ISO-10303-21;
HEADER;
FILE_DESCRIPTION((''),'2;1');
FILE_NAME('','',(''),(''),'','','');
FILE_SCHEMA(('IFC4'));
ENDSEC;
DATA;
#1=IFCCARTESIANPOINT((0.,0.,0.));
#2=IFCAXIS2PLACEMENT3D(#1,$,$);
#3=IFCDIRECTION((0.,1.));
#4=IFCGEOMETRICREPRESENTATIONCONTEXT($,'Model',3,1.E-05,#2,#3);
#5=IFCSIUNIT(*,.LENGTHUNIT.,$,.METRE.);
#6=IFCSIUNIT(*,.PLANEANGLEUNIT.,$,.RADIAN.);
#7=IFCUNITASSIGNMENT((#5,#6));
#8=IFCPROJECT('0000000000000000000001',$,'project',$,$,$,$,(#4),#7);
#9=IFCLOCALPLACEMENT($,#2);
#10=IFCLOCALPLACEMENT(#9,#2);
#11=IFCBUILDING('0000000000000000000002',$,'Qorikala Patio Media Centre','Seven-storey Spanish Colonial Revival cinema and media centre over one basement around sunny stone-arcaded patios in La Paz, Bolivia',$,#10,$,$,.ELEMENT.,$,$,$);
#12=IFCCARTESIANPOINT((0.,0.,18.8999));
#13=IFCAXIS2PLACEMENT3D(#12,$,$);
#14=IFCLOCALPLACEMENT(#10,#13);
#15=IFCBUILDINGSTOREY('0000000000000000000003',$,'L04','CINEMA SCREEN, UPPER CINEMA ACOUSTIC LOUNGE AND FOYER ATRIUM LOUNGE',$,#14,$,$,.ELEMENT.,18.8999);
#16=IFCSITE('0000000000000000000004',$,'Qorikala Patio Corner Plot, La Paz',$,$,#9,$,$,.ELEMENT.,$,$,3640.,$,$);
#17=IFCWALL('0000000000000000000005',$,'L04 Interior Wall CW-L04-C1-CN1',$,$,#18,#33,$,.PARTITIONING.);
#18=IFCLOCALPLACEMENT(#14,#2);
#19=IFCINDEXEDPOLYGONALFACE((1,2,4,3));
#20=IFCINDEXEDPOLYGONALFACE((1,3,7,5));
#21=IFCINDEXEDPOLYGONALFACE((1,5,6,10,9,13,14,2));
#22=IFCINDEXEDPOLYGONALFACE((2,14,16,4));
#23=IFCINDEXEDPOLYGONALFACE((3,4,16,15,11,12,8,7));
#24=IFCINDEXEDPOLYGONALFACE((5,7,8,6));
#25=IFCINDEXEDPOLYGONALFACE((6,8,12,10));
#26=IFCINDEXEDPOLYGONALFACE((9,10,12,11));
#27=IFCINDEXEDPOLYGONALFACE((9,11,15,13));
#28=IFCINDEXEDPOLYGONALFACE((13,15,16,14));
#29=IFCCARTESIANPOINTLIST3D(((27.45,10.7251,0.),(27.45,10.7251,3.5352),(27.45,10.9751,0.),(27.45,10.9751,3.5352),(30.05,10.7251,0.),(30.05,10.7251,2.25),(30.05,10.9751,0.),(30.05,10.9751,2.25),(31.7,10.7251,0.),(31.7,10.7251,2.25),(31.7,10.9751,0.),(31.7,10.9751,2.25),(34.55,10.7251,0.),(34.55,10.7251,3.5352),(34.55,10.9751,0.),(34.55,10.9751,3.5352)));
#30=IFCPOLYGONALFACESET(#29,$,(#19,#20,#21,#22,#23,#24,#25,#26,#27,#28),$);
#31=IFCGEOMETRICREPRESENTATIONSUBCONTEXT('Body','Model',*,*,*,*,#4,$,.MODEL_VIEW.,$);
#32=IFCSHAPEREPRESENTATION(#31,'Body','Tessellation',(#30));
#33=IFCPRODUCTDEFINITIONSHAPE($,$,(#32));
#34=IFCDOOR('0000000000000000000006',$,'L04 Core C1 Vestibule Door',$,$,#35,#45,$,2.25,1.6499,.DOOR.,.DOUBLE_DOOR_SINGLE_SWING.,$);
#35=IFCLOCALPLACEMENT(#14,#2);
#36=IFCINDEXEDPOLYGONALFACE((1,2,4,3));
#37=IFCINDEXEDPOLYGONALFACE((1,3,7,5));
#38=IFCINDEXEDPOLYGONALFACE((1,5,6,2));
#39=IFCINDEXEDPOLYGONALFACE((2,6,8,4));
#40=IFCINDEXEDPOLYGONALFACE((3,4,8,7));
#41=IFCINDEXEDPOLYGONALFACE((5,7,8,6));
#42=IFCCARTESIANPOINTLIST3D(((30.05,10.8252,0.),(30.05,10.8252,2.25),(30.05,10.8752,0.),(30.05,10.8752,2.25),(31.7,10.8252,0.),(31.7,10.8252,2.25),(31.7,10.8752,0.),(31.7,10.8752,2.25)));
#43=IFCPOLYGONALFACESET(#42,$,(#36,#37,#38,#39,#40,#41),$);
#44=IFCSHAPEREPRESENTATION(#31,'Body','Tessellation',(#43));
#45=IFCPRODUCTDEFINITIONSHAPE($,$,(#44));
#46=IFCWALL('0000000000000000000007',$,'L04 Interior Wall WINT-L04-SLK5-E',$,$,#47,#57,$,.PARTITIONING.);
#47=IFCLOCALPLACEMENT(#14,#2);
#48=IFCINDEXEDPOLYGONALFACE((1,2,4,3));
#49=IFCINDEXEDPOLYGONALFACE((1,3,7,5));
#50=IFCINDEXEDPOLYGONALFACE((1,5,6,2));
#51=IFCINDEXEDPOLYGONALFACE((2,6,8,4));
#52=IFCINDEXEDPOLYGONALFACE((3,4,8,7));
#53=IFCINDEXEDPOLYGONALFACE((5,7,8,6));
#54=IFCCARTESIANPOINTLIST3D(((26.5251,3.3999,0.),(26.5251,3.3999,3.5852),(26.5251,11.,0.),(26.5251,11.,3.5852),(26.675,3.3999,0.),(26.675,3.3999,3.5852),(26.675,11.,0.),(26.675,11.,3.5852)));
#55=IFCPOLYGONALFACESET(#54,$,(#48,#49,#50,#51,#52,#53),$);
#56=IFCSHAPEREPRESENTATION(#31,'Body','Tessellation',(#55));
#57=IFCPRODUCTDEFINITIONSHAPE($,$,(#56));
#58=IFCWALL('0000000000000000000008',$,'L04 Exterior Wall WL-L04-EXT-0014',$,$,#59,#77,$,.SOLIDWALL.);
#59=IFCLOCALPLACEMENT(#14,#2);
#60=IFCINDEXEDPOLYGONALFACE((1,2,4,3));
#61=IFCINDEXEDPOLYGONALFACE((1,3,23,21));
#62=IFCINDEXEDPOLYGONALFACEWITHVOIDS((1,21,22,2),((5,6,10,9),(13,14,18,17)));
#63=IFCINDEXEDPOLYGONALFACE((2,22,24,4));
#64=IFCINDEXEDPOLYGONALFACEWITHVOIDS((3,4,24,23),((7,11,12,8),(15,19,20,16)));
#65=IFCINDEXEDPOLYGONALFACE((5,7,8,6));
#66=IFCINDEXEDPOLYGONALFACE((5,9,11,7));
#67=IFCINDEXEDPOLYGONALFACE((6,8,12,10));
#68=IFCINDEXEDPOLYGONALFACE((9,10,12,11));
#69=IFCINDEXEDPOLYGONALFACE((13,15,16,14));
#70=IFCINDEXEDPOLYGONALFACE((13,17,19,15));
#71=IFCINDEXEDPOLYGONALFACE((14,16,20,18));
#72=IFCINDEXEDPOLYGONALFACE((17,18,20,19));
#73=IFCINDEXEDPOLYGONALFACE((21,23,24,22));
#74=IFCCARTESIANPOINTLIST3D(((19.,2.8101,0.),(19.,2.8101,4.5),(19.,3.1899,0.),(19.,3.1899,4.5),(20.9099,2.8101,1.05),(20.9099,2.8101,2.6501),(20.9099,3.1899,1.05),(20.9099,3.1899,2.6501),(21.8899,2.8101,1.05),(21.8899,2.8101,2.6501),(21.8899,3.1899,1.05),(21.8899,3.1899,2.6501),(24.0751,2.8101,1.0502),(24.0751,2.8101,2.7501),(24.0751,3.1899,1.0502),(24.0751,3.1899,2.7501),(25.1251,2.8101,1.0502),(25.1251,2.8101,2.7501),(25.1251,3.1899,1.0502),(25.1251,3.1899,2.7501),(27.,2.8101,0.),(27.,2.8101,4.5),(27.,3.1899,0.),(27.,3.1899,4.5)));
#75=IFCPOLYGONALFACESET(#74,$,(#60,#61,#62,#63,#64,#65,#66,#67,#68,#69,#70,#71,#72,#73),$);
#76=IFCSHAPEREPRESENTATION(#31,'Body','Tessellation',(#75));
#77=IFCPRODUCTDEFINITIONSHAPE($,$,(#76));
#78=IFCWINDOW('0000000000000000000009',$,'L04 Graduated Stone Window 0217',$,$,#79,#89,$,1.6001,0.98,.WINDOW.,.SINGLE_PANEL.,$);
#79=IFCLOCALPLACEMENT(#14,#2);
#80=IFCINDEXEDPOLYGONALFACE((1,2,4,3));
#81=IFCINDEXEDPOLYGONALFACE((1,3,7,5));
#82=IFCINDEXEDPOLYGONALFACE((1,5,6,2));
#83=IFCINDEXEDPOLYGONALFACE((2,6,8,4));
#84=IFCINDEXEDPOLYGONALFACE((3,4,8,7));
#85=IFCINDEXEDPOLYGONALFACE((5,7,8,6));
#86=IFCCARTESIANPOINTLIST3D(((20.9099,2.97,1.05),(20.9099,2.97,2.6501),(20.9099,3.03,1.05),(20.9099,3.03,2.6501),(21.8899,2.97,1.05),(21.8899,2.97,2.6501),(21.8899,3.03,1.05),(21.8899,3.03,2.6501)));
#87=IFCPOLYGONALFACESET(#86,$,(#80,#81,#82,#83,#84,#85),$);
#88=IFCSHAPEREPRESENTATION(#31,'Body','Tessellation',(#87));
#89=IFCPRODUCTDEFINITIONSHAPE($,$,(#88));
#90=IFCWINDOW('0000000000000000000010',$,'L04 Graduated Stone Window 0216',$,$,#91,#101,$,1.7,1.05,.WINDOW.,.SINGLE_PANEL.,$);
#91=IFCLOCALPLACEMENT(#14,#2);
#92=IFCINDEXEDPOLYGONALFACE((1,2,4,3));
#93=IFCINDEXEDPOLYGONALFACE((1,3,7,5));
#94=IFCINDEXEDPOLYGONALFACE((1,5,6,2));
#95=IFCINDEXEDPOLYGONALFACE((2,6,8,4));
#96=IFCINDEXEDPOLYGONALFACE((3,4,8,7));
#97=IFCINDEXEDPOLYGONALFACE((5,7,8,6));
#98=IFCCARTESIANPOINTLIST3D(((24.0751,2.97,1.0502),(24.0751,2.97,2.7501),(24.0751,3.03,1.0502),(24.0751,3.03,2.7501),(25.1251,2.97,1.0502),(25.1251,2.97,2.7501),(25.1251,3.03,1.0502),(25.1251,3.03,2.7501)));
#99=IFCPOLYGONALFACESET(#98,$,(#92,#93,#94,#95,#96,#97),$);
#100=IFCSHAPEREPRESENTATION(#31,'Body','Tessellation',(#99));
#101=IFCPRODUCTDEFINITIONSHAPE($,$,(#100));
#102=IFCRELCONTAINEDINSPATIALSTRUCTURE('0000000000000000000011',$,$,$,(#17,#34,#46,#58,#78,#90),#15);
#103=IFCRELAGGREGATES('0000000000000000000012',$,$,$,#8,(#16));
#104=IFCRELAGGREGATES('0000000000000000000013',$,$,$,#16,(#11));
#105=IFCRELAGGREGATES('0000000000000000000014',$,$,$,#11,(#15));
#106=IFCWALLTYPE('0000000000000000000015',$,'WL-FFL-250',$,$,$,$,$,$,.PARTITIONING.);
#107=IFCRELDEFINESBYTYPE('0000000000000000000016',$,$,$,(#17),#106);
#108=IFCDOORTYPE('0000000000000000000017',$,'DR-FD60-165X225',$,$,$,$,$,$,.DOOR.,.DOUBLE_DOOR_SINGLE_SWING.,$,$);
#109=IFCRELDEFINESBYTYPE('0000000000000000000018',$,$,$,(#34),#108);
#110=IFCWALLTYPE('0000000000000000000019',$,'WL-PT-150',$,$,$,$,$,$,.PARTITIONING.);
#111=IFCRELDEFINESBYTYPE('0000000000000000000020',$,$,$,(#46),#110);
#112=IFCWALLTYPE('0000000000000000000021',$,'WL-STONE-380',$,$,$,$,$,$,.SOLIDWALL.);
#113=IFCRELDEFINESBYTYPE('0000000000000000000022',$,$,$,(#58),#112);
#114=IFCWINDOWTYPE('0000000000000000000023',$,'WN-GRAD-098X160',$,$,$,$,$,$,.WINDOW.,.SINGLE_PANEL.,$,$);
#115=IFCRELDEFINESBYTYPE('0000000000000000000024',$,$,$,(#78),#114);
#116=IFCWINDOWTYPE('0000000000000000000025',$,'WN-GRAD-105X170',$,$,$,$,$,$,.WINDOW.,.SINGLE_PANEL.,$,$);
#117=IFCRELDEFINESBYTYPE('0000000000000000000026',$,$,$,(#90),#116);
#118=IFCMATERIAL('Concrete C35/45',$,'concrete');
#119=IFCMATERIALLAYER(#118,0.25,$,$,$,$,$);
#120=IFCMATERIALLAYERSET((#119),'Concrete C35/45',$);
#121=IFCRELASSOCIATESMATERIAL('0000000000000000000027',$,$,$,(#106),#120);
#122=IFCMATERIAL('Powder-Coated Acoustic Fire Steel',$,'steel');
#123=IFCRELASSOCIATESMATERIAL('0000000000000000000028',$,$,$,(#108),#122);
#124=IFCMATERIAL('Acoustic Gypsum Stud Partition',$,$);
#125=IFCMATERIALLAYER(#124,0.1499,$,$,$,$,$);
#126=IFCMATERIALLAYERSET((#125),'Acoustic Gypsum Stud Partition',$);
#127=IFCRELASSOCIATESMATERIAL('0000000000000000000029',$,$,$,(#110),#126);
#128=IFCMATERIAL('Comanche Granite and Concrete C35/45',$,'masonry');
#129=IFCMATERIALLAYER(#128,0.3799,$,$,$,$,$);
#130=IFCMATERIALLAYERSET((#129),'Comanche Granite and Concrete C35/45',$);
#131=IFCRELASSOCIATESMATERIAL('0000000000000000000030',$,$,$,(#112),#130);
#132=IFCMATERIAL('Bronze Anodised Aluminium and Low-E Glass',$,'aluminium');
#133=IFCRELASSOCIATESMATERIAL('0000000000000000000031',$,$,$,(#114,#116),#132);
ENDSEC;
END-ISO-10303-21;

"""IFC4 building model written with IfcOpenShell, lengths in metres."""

from ifc_helpers import new_model, si_unit, direction, frame, frame_2d, origin, place, context, subcontext, project, spatial, rectangle, extrude, material, layer, layer_set, type_object, element, fill, save


model = new_model("IFC4")

# Units and contexts
model_context = context("Model", 3, precision=1e-05, world=origin(), true_north=direction((0.0, 1.0)))
body_context = subcontext(model_context, "Body", "Model", "MODEL_VIEW")
ifc_project = project(units=[si_unit("LENGTHUNIT", "METRE"), si_unit("PLANEANGLEUNIT", "RADIAN")], contexts=[model_context])

# Site, building, storey
site_placement = place(None, origin())
site = spatial("IfcSite", under=ifc_project, at=site_placement, Name="Qorikala Patio Corner Plot, La Paz", CompositionType="ELEMENT", RefElevation=3640.0)
building_placement = place(site_placement, origin())
building = spatial("IfcBuilding", under=site, at=building_placement, Name="Qorikala Patio Media Centre", Description="Seven-storey Spanish Colonial Revival cinema and media centre over one basement around sunny stone-arcaded patios in La Paz, Bolivia", CompositionType="ELEMENT")
storey_placement = place(building_placement, frame((0.0, 0.0, 18.8999)))
storey = spatial("IfcBuildingStorey", under=building, at=storey_placement, Name="L04", Description="CINEMA SCREEN, UPPER CINEMA ACOUSTIC LOUNGE AND FOYER ATRIUM LOUNGE", CompositionType="ELEMENT", Elevation=18.8999)

# Shared definitions
ifc_material_1 = material(Name="Concrete C35/45", Category="concrete")

# Wall, opening, door
ifc_material_2 = material(Name="Powder-Coated Acoustic Fire Steel", Category="steel")
ifc_layer_1 = layer(ifc_material_1, 0.25)
ifc_layer_set_1 = layer_set([ifc_layer_1], Name="Concrete C35/45")
wall_type_1 = type_object("IfcWallType", Name="WL-FFL-250", PredefinedType="PARTITIONING", material=ifc_layer_set_1)
wall_1_placement = place(storey_placement, frame((27.45, 10.8501, 0.0), z_axis=(0.0, 0.0, 1.0), x_axis=(1.0, 0.0, 0.0)))
wall_1 = element("IfcWall", 1, at=wall_1_placement, inside=storey, type_object=wall_type_1, Name="L04 Interior Wall CW-L04-C1-CN1", PredefinedType="PARTITIONING", context=body_context, shape_type="SweptSolid", body=[
    extrude(rectangle(XDim=7.1001, YDim=0.25, at=frame_2d((3.55, 0.0))), origin(), (0.0, 0.0, 1.0), 3.5352),
])
opening_1_placement = place(wall_1_placement, frame((2.6001, 0.0, 0.0)))
opening_1 = element("IfcOpeningElement", 2, at=opening_1_placement, cuts=wall_1, PredefinedType="OPENING", context=body_context, shape_type="SweptSolid", body=[
    extrude(rectangle(XDim=1.6499, YDim=2.25, at=frame_2d((0.825, 1.125))), frame((0.0, 0.135, 0.0), z_axis=(0.0, -1.0, 0.0), x_axis=(1.0, 0.0, 0.0)), (0.0, 0.0, 1.0), 0.27),
])
door_type_1 = type_object("IfcDoorType", Name="DR-FD60-165X225", OperationType="DOUBLE_DOOR_SINGLE_SWING", PredefinedType="DOOR", material=ifc_material_2)
door_1_placement = place(opening_1_placement, frame((1.6499, 0.0, 0.0), z_axis=(0.0, 0.0, 1.0), x_axis=(-1.0, 0.0, 0.0)))
door_1 = element("IfcDoor", 3, at=door_1_placement, inside=storey, type_object=door_type_1, Name="L04 Core C1 Vestibule Door", OperationType="DOUBLE_DOOR_SINGLE_SWING", OverallHeight=2.25, OverallWidth=1.6499, PredefinedType="DOOR", context=body_context, shape_type="SweptSolid", body=[
    extrude(rectangle(XDim=1.6499, YDim=2.25, at=frame_2d((0.825, 1.125))), frame((0.0, 0.0249, 0.0), z_axis=(0.0, -1.0, 0.0), x_axis=(1.0, 0.0, 0.0)), (0.0, 0.0, 1.0), 0.05),
])
fill(opening_1, door_1)

# Wall
ifc_material_3 = material(Name="Acoustic Gypsum Stud Partition")
ifc_layer_2 = layer(ifc_material_3, 0.1499)
ifc_layer_set_2 = layer_set([ifc_layer_2], Name="Acoustic Gypsum Stud Partition")
wall_type_2 = type_object("IfcWallType", Name="WL-PT-150", PredefinedType="PARTITIONING", material=ifc_layer_set_2)
wall_2_placement = place(storey_placement, frame((26.6001, 3.3999, 0.0), z_axis=(0.0, 0.0, 1.0), x_axis=(0.0, 1.0, 0.0)))
element("IfcWall", 4, at=wall_2_placement, inside=storey, type_object=wall_type_2, Name="L04 Interior Wall WINT-L04-SLK5-E", PredefinedType="PARTITIONING", context=body_context, shape_type="SweptSolid", body=[
    extrude(rectangle(XDim=7.6001, YDim=0.1499, at=frame_2d((3.8, 0.0))), origin(), (0.0, 0.0, 1.0), 3.5852),
])

# Wall, openings, windows
ifc_material_4 = material(Name="Comanche Granite and Concrete C35/45", Category="masonry")
ifc_layer_3 = layer(ifc_material_4, 0.3799)
ifc_layer_set_3 = layer_set([ifc_layer_3], Name="Comanche Granite and Concrete C35/45")
wall_type_3 = type_object("IfcWallType", Name="WL-STONE-380", PredefinedType="SOLIDWALL", material=ifc_layer_set_3)
wall_3_placement = place(storey_placement, frame((27.0, 3.0, 0.0), z_axis=(0.0, 0.0, 1.0), x_axis=(-1.0, 0.0, 0.0)))
wall_3 = element("IfcWall", 5, at=wall_3_placement, inside=storey, type_object=wall_type_3, Name="L04 Exterior Wall WL-L04-EXT-0014", PredefinedType="SOLIDWALL", context=body_context, shape_type="SweptSolid", body=[
    extrude(rectangle(XDim=8.0, YDim=0.3799, at=frame_2d((4.0, 0.0))), origin(), (0.0, 0.0, 1.0), 4.5),
])
opening_2_placement = place(wall_3_placement, frame((1.875, 0.0, 1.05)))
opening_2 = element("IfcOpeningElement", 6, at=opening_2_placement, cuts=wall_3, PredefinedType="OPENING", context=body_context, shape_type="SweptSolid", body=[
    extrude(rectangle(XDim=1.05, YDim=1.7, at=frame_2d((0.5249, 0.8501))), frame((0.0, 0.2, 0.0), z_axis=(0.0, -1.0, 0.0), x_axis=(1.0, 0.0, 0.0)), (0.0, 0.0, 1.0), 0.3999),
])
opening_3_placement = place(wall_3_placement, frame((5.1101, 0.0, 1.05)))
opening_3 = element("IfcOpeningElement", 7, at=opening_3_placement, cuts=wall_3, PredefinedType="OPENING", context=body_context, shape_type="SweptSolid", body=[
    extrude(rectangle(XDim=0.98, YDim=1.6001, at=frame_2d((0.49, 0.8))), frame((0.0, 0.2, 0.0), z_axis=(0.0, -1.0, 0.0), x_axis=(1.0, 0.0, 0.0)), (0.0, 0.0, 1.0), 0.3999),
])
ifc_material_5 = material(Name="Bronze Anodised Aluminium and Low-E Glass", Category="aluminium")
window_type_1 = type_object("IfcWindowType", Name="WN-GRAD-098X160", PartitioningType="SINGLE_PANEL", PredefinedType="WINDOW", material=ifc_material_5)
window_1_placement = place(opening_3_placement, origin())
window_1 = element("IfcWindow", 8, at=window_1_placement, inside=storey, type_object=window_type_1, Name="L04 Graduated Stone Window 0217", OverallHeight=1.6001, OverallWidth=0.98, PartitioningType="SINGLE_PANEL", PredefinedType="WINDOW", context=body_context, shape_type="SweptSolid", body=[
    extrude(rectangle(XDim=0.98, YDim=1.6001, at=frame_2d((0.49, 0.8))), frame((0.0, 0.03, 0.0), z_axis=(0.0, -1.0, 0.0), x_axis=(1.0, 0.0, 0.0)), (0.0, 0.0, 1.0), 0.0601),
])
fill(opening_3, window_1)
window_type_2 = type_object("IfcWindowType", Name="WN-GRAD-105X170", PartitioningType="SINGLE_PANEL", PredefinedType="WINDOW", material=ifc_material_5)
window_2_placement = place(opening_2_placement, origin())
window_2 = element("IfcWindow", 9, at=window_2_placement, inside=storey, type_object=window_type_2, Name="L04 Graduated Stone Window 0216", OverallHeight=1.7, OverallWidth=1.05, PartitioningType="SINGLE_PANEL", PredefinedType="WINDOW", context=body_context, shape_type="SweptSolid", body=[
    extrude(rectangle(XDim=1.05, YDim=1.7, at=frame_2d((0.5249, 0.8501))), frame((0.0, 0.03, 0.0), z_axis=(0.0, -1.0, 0.0), x_axis=(1.0, 0.0, 0.0)), (0.0, 0.0, 1.0), 0.0601),
])
fill(opening_2, window_2)

save(model, "model.ifc")
